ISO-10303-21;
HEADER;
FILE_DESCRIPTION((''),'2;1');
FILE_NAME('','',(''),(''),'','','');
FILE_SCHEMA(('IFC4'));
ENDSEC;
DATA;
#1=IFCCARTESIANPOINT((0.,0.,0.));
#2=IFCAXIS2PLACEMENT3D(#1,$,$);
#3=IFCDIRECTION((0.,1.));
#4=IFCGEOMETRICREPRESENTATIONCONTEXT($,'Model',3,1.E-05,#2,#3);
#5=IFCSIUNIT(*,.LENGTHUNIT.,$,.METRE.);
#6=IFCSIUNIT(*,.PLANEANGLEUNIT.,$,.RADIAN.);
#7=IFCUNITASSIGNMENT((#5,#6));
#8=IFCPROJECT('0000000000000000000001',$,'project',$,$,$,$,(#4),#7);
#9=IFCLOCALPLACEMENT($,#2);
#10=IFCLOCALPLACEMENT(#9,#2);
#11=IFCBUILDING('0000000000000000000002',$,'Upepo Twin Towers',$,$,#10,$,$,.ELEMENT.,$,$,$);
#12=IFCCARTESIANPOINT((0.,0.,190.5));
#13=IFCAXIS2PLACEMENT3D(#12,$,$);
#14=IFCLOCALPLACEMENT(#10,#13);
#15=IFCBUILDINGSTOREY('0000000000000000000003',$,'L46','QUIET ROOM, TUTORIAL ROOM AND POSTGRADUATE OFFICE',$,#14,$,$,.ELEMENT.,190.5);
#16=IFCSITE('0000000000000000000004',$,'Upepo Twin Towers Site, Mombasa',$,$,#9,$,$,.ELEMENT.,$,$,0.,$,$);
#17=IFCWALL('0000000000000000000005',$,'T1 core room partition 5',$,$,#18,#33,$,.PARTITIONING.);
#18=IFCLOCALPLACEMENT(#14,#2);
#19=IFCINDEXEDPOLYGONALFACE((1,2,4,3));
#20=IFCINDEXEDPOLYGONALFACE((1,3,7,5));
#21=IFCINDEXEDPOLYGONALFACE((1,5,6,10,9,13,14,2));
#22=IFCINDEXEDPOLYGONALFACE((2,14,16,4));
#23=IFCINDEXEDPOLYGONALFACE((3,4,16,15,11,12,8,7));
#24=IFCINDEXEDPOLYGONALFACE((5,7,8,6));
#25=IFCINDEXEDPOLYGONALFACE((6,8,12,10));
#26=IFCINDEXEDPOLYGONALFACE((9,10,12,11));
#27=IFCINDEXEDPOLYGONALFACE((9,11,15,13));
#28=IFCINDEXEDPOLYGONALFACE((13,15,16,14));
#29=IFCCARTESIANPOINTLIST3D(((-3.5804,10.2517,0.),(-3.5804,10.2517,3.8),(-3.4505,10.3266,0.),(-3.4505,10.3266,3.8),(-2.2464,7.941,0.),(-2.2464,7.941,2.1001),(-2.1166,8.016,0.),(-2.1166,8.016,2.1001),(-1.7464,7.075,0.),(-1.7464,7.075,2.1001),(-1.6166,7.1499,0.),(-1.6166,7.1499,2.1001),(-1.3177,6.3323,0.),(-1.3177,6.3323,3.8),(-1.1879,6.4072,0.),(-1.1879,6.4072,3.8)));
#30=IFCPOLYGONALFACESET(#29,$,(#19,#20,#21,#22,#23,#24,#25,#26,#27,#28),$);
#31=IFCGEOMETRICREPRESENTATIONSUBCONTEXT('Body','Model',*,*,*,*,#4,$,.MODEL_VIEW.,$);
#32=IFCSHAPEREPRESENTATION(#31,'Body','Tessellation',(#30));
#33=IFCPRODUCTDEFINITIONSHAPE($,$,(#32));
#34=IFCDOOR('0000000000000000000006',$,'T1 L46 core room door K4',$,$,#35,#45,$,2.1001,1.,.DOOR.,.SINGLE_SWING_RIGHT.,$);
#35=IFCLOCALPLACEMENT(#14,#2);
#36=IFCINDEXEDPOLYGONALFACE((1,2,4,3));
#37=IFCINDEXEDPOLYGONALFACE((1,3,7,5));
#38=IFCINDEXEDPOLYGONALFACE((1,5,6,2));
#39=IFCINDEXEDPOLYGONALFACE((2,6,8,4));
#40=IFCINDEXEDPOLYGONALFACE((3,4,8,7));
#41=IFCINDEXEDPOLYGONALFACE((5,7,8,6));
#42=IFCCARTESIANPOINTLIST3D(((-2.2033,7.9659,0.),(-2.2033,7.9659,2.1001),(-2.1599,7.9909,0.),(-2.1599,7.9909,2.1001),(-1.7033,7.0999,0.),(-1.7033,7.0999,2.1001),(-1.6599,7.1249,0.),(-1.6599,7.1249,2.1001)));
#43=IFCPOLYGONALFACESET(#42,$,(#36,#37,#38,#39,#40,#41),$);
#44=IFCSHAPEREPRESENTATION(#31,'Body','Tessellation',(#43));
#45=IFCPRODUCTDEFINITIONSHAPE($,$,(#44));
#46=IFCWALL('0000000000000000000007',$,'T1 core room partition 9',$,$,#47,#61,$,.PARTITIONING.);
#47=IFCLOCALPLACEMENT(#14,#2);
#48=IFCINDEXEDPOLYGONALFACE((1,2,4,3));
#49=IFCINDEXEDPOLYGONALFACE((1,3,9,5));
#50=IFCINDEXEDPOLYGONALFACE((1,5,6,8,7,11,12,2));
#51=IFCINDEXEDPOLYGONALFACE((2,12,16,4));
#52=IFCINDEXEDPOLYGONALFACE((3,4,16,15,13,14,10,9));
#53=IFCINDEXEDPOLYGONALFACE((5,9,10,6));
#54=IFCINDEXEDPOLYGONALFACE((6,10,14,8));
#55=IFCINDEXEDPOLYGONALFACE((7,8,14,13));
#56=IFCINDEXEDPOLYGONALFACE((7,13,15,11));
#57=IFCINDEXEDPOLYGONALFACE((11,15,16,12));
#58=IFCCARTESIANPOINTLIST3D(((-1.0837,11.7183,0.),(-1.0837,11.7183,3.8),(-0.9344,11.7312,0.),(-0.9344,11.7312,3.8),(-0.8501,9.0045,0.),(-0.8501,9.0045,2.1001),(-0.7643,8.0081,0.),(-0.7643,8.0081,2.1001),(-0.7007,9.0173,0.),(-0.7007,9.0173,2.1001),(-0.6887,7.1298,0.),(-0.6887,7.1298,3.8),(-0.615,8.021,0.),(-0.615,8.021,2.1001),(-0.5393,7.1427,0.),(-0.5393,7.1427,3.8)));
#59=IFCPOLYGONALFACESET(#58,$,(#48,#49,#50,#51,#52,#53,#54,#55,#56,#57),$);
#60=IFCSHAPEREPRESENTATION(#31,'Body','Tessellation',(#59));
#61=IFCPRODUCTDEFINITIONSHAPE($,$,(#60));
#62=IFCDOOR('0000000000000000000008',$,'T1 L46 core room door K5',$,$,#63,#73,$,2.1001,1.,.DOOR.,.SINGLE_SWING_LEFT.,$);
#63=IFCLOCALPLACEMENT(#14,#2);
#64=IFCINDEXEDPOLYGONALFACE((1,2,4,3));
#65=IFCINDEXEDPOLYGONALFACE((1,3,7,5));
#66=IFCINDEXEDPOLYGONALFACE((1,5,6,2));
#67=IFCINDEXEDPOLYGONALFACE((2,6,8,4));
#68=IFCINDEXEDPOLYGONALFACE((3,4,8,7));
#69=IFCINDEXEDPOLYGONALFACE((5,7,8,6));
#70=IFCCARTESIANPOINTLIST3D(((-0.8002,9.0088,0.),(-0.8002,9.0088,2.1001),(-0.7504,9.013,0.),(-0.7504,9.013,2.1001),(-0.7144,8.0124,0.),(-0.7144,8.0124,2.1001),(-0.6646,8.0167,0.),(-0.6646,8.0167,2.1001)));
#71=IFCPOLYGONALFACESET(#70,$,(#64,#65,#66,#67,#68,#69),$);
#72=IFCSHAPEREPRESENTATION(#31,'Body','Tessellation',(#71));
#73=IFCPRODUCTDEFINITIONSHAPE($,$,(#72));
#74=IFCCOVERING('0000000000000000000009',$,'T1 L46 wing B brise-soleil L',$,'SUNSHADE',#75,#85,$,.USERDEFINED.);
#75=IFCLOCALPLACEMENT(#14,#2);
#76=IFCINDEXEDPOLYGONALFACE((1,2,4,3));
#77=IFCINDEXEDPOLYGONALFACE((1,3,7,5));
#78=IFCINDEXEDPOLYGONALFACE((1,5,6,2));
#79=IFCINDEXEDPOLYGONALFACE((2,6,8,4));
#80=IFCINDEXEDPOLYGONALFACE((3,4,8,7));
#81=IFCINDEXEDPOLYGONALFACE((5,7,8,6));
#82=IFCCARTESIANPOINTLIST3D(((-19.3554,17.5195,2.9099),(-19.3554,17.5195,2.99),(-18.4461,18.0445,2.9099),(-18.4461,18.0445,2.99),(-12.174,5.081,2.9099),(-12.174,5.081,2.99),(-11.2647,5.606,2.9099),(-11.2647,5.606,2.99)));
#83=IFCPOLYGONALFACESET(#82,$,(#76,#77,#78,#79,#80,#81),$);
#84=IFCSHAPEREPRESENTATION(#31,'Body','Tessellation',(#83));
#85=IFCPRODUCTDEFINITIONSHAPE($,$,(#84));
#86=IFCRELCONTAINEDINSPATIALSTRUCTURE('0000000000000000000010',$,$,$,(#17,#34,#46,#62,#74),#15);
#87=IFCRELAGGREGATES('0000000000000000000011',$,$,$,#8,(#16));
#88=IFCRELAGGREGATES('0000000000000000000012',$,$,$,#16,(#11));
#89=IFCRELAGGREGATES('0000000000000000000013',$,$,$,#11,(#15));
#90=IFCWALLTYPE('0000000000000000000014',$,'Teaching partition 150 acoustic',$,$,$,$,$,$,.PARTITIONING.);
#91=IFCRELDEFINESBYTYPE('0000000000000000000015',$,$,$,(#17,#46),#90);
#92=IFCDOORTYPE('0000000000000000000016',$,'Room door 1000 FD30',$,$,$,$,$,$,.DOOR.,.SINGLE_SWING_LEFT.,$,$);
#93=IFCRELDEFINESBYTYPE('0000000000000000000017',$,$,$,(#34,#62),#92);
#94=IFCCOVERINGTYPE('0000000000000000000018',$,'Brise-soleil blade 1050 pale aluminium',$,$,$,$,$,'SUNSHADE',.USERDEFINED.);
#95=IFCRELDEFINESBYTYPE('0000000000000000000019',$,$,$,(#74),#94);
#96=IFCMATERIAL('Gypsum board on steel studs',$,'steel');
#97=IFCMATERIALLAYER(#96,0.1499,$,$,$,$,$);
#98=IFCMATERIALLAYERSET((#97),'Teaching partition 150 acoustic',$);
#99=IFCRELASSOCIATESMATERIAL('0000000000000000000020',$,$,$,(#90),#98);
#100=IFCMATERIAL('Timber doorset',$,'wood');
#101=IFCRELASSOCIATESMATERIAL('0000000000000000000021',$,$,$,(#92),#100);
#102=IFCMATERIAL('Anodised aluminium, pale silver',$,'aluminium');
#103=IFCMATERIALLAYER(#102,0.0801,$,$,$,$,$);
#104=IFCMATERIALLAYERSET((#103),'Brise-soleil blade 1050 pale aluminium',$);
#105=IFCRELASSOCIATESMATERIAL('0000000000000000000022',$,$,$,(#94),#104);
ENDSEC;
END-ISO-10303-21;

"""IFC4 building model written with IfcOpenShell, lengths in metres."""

from ifc_helpers import new_model, si_unit, direction, frame, frame_2d, origin, origin_2d, place, context, subcontext, project, spatial, rectangle, extrude, material, layer, layer_set, type_object, element, fill, save


model = new_model("IFC4")

# Units and contexts
model_context = context("Model", 3, precision=1e-05, world=origin(), true_north=direction((0.0, 1.0)))
body_context = subcontext(model_context, "Body", "Model", "MODEL_VIEW")
ifc_project = project(units=[si_unit("LENGTHUNIT", "METRE"), si_unit("PLANEANGLEUNIT", "RADIAN")], contexts=[model_context])

# Site, building, storey
site_placement = place(None, origin())
site = spatial("IfcSite", under=ifc_project, at=site_placement, Name="Upepo Twin Towers Site, Mombasa", CompositionType="ELEMENT", RefElevation=0.0)
building_placement = place(site_placement, origin())
building = spatial("IfcBuilding", under=site, at=building_placement, Name="Upepo Twin Towers", CompositionType="ELEMENT")
storey_placement = place(building_placement, frame((0.0, 0.0, 190.5)))
storey = spatial("IfcBuildingStorey", under=building, at=storey_placement, Name="L46", Description="QUIET ROOM, TUTORIAL ROOM AND POSTGRADUATE OFFICE", CompositionType="ELEMENT", Elevation=190.5)

# Walls, openings, doors
ifc_material_1 = material(Name="Gypsum board on steel studs", Category="steel")
ifc_layer_1 = layer(ifc_material_1, 0.1499)
ifc_layer_set_1 = layer_set([ifc_layer_1], Name="Teaching partition 150 acoustic")
wall_type_1 = type_object("IfcWallType", Name="Teaching partition 150 acoustic", PredefinedType="PARTITIONING", material=ifc_layer_set_1)
wall_1_placement = place(storey_placement, frame((-3.5154, 10.2891, 0.0), z_axis=(0.0, 0.0, 1.0), x_axis=(0.499968, -0.866044, 0.0)))
wall_1 = element("IfcWall", 1, at=wall_1_placement, inside=storey, type_object=wall_type_1, Name="T1 core room partition 5", PredefinedType="PARTITIONING", context=body_context, shape_type="SweptSolid", body=[
    extrude(rectangle(XDim=4.5256, YDim=0.1499, at=frame_2d((2.2627, 0.0))), origin(), (0.0, 0.0, 1.0), 3.8),
])
opening_1_placement = place(wall_1_placement, frame((2.668, 0.0, 0.0)))
opening_1 = element("IfcOpeningElement", 2, at=opening_1_placement, cuts=wall_1, PredefinedType="OPENING", context=body_context, shape_type="SweptSolid", body=[
    extrude(rectangle(XDim=1.0, YDim=2.1001, at=frame_2d((0.5, 1.05))), frame((0.0, 0.085, 0.0), z_axis=(0.0, -1.0, 0.0), x_axis=(1.0, 0.0, 0.0)), (0.0, 0.0, 1.0), 0.1699),
])
ifc_material_2 = material(Name="Timber doorset", Category="wood")
door_type_1 = type_object("IfcDoorType", Name="Room door 1000 FD30", OperationType="SINGLE_SWING_LEFT", PredefinedType="DOOR", material=ifc_material_2)
door_1_placement = place(opening_1_placement, origin())
door_1 = element("IfcDoor", 3, at=door_1_placement, inside=storey, type_object=door_type_1, Name="T1 L46 core room door K4", OperationType="SINGLE_SWING_RIGHT", OverallHeight=2.1001, OverallWidth=1.0, PredefinedType="DOOR", context=body_context, shape_type="SweptSolid", body=[
    extrude(rectangle(XDim=1.0, YDim=2.1001, at=frame_2d((0.5, 1.05))), frame((0.0, 0.0249, 0.0), z_axis=(0.0, -1.0, 0.0), x_axis=(1.0, 0.0, 0.0)), (0.0, 0.0, 1.0), 0.05),
])
fill(opening_1, door_1)
wall_2_placement = place(storey_placement, frame((-0.614, 7.1362, 0.0), z_axis=(0.0, 0.0, 1.0), x_axis=(-0.085774, 0.996315, 0.0)))
wall_2 = element("IfcWall", 4, at=wall_2_placement, inside=storey, type_object=wall_type_1, Name="T1 core room partition 9", PredefinedType="PARTITIONING", context=body_context, shape_type="SweptSolid", body=[
    extrude(rectangle(XDim=4.6055, YDim=0.1499, at=frame_2d((2.3027, 0.0))), origin(), (0.0, 0.0, 1.0), 3.8),
])
opening_2_placement = place(wall_2_placement, frame((0.8816, 0.0, 0.0)))
opening_2 = element("IfcOpeningElement", 5, at=opening_2_placement, cuts=wall_2, PredefinedType="OPENING", context=body_context, shape_type="SweptSolid", body=[
    extrude(rectangle(XDim=1.0, YDim=2.1001, at=frame_2d((0.5, 1.05))), frame((0.0, 0.085, 0.0), z_axis=(0.0, -1.0, 0.0), x_axis=(1.0, 0.0, 0.0)), (0.0, 0.0, 1.0), 0.1699),
])
door_2_placement = place(opening_2_placement, origin())
door_2 = element("IfcDoor", 6, at=door_2_placement, inside=storey, type_object=door_type_1, Name="T1 L46 core room door K5", OperationType="SINGLE_SWING_LEFT", OverallHeight=2.1001, OverallWidth=1.0, PredefinedType="DOOR", context=body_context, shape_type="SweptSolid", body=[
    extrude(rectangle(XDim=1.0, YDim=2.1001, at=frame_2d((0.5, 1.05))), frame((0.0, 0.0249, 0.0), z_axis=(0.0, -1.0, 0.0), x_axis=(1.0, 0.0, 0.0)), (0.0, 0.0, 1.0), 0.05),
])
fill(opening_2, door_2)

# Covering
ifc_material_3 = material(Name="Anodised aluminium, pale silver", Category="aluminium")
ifc_layer_2 = layer(ifc_material_3, 0.0801)
ifc_layer_set_2 = layer_set([ifc_layer_2], Name="Brise-soleil blade 1050 pale aluminium")
covering_type = type_object("IfcCoveringType", Name="Brise-soleil blade 1050 pale aluminium", ElementType="SUNSHADE", PredefinedType="USERDEFINED", material=ifc_layer_set_2)
covering_placement = place(storey_placement, frame((-15.3101, 11.5627, 2.9099), z_axis=(0.0, 0.0, 1.0), x_axis=(-0.5, 0.866025, 0.0)))
element("IfcCovering", 7, at=covering_placement, inside=storey, type_object=covering_type, Name="T1 L46 wing B brise-soleil L", ObjectType="SUNSHADE", PredefinedType="USERDEFINED", context=body_context, shape_type="SweptSolid", body=[
    extrude(rectangle(XDim=14.3628, YDim=1.05, at=origin_2d()), origin(), (0.0, 0.0, 1.0), 0.0801),
])

save(model, "model.ifc")
